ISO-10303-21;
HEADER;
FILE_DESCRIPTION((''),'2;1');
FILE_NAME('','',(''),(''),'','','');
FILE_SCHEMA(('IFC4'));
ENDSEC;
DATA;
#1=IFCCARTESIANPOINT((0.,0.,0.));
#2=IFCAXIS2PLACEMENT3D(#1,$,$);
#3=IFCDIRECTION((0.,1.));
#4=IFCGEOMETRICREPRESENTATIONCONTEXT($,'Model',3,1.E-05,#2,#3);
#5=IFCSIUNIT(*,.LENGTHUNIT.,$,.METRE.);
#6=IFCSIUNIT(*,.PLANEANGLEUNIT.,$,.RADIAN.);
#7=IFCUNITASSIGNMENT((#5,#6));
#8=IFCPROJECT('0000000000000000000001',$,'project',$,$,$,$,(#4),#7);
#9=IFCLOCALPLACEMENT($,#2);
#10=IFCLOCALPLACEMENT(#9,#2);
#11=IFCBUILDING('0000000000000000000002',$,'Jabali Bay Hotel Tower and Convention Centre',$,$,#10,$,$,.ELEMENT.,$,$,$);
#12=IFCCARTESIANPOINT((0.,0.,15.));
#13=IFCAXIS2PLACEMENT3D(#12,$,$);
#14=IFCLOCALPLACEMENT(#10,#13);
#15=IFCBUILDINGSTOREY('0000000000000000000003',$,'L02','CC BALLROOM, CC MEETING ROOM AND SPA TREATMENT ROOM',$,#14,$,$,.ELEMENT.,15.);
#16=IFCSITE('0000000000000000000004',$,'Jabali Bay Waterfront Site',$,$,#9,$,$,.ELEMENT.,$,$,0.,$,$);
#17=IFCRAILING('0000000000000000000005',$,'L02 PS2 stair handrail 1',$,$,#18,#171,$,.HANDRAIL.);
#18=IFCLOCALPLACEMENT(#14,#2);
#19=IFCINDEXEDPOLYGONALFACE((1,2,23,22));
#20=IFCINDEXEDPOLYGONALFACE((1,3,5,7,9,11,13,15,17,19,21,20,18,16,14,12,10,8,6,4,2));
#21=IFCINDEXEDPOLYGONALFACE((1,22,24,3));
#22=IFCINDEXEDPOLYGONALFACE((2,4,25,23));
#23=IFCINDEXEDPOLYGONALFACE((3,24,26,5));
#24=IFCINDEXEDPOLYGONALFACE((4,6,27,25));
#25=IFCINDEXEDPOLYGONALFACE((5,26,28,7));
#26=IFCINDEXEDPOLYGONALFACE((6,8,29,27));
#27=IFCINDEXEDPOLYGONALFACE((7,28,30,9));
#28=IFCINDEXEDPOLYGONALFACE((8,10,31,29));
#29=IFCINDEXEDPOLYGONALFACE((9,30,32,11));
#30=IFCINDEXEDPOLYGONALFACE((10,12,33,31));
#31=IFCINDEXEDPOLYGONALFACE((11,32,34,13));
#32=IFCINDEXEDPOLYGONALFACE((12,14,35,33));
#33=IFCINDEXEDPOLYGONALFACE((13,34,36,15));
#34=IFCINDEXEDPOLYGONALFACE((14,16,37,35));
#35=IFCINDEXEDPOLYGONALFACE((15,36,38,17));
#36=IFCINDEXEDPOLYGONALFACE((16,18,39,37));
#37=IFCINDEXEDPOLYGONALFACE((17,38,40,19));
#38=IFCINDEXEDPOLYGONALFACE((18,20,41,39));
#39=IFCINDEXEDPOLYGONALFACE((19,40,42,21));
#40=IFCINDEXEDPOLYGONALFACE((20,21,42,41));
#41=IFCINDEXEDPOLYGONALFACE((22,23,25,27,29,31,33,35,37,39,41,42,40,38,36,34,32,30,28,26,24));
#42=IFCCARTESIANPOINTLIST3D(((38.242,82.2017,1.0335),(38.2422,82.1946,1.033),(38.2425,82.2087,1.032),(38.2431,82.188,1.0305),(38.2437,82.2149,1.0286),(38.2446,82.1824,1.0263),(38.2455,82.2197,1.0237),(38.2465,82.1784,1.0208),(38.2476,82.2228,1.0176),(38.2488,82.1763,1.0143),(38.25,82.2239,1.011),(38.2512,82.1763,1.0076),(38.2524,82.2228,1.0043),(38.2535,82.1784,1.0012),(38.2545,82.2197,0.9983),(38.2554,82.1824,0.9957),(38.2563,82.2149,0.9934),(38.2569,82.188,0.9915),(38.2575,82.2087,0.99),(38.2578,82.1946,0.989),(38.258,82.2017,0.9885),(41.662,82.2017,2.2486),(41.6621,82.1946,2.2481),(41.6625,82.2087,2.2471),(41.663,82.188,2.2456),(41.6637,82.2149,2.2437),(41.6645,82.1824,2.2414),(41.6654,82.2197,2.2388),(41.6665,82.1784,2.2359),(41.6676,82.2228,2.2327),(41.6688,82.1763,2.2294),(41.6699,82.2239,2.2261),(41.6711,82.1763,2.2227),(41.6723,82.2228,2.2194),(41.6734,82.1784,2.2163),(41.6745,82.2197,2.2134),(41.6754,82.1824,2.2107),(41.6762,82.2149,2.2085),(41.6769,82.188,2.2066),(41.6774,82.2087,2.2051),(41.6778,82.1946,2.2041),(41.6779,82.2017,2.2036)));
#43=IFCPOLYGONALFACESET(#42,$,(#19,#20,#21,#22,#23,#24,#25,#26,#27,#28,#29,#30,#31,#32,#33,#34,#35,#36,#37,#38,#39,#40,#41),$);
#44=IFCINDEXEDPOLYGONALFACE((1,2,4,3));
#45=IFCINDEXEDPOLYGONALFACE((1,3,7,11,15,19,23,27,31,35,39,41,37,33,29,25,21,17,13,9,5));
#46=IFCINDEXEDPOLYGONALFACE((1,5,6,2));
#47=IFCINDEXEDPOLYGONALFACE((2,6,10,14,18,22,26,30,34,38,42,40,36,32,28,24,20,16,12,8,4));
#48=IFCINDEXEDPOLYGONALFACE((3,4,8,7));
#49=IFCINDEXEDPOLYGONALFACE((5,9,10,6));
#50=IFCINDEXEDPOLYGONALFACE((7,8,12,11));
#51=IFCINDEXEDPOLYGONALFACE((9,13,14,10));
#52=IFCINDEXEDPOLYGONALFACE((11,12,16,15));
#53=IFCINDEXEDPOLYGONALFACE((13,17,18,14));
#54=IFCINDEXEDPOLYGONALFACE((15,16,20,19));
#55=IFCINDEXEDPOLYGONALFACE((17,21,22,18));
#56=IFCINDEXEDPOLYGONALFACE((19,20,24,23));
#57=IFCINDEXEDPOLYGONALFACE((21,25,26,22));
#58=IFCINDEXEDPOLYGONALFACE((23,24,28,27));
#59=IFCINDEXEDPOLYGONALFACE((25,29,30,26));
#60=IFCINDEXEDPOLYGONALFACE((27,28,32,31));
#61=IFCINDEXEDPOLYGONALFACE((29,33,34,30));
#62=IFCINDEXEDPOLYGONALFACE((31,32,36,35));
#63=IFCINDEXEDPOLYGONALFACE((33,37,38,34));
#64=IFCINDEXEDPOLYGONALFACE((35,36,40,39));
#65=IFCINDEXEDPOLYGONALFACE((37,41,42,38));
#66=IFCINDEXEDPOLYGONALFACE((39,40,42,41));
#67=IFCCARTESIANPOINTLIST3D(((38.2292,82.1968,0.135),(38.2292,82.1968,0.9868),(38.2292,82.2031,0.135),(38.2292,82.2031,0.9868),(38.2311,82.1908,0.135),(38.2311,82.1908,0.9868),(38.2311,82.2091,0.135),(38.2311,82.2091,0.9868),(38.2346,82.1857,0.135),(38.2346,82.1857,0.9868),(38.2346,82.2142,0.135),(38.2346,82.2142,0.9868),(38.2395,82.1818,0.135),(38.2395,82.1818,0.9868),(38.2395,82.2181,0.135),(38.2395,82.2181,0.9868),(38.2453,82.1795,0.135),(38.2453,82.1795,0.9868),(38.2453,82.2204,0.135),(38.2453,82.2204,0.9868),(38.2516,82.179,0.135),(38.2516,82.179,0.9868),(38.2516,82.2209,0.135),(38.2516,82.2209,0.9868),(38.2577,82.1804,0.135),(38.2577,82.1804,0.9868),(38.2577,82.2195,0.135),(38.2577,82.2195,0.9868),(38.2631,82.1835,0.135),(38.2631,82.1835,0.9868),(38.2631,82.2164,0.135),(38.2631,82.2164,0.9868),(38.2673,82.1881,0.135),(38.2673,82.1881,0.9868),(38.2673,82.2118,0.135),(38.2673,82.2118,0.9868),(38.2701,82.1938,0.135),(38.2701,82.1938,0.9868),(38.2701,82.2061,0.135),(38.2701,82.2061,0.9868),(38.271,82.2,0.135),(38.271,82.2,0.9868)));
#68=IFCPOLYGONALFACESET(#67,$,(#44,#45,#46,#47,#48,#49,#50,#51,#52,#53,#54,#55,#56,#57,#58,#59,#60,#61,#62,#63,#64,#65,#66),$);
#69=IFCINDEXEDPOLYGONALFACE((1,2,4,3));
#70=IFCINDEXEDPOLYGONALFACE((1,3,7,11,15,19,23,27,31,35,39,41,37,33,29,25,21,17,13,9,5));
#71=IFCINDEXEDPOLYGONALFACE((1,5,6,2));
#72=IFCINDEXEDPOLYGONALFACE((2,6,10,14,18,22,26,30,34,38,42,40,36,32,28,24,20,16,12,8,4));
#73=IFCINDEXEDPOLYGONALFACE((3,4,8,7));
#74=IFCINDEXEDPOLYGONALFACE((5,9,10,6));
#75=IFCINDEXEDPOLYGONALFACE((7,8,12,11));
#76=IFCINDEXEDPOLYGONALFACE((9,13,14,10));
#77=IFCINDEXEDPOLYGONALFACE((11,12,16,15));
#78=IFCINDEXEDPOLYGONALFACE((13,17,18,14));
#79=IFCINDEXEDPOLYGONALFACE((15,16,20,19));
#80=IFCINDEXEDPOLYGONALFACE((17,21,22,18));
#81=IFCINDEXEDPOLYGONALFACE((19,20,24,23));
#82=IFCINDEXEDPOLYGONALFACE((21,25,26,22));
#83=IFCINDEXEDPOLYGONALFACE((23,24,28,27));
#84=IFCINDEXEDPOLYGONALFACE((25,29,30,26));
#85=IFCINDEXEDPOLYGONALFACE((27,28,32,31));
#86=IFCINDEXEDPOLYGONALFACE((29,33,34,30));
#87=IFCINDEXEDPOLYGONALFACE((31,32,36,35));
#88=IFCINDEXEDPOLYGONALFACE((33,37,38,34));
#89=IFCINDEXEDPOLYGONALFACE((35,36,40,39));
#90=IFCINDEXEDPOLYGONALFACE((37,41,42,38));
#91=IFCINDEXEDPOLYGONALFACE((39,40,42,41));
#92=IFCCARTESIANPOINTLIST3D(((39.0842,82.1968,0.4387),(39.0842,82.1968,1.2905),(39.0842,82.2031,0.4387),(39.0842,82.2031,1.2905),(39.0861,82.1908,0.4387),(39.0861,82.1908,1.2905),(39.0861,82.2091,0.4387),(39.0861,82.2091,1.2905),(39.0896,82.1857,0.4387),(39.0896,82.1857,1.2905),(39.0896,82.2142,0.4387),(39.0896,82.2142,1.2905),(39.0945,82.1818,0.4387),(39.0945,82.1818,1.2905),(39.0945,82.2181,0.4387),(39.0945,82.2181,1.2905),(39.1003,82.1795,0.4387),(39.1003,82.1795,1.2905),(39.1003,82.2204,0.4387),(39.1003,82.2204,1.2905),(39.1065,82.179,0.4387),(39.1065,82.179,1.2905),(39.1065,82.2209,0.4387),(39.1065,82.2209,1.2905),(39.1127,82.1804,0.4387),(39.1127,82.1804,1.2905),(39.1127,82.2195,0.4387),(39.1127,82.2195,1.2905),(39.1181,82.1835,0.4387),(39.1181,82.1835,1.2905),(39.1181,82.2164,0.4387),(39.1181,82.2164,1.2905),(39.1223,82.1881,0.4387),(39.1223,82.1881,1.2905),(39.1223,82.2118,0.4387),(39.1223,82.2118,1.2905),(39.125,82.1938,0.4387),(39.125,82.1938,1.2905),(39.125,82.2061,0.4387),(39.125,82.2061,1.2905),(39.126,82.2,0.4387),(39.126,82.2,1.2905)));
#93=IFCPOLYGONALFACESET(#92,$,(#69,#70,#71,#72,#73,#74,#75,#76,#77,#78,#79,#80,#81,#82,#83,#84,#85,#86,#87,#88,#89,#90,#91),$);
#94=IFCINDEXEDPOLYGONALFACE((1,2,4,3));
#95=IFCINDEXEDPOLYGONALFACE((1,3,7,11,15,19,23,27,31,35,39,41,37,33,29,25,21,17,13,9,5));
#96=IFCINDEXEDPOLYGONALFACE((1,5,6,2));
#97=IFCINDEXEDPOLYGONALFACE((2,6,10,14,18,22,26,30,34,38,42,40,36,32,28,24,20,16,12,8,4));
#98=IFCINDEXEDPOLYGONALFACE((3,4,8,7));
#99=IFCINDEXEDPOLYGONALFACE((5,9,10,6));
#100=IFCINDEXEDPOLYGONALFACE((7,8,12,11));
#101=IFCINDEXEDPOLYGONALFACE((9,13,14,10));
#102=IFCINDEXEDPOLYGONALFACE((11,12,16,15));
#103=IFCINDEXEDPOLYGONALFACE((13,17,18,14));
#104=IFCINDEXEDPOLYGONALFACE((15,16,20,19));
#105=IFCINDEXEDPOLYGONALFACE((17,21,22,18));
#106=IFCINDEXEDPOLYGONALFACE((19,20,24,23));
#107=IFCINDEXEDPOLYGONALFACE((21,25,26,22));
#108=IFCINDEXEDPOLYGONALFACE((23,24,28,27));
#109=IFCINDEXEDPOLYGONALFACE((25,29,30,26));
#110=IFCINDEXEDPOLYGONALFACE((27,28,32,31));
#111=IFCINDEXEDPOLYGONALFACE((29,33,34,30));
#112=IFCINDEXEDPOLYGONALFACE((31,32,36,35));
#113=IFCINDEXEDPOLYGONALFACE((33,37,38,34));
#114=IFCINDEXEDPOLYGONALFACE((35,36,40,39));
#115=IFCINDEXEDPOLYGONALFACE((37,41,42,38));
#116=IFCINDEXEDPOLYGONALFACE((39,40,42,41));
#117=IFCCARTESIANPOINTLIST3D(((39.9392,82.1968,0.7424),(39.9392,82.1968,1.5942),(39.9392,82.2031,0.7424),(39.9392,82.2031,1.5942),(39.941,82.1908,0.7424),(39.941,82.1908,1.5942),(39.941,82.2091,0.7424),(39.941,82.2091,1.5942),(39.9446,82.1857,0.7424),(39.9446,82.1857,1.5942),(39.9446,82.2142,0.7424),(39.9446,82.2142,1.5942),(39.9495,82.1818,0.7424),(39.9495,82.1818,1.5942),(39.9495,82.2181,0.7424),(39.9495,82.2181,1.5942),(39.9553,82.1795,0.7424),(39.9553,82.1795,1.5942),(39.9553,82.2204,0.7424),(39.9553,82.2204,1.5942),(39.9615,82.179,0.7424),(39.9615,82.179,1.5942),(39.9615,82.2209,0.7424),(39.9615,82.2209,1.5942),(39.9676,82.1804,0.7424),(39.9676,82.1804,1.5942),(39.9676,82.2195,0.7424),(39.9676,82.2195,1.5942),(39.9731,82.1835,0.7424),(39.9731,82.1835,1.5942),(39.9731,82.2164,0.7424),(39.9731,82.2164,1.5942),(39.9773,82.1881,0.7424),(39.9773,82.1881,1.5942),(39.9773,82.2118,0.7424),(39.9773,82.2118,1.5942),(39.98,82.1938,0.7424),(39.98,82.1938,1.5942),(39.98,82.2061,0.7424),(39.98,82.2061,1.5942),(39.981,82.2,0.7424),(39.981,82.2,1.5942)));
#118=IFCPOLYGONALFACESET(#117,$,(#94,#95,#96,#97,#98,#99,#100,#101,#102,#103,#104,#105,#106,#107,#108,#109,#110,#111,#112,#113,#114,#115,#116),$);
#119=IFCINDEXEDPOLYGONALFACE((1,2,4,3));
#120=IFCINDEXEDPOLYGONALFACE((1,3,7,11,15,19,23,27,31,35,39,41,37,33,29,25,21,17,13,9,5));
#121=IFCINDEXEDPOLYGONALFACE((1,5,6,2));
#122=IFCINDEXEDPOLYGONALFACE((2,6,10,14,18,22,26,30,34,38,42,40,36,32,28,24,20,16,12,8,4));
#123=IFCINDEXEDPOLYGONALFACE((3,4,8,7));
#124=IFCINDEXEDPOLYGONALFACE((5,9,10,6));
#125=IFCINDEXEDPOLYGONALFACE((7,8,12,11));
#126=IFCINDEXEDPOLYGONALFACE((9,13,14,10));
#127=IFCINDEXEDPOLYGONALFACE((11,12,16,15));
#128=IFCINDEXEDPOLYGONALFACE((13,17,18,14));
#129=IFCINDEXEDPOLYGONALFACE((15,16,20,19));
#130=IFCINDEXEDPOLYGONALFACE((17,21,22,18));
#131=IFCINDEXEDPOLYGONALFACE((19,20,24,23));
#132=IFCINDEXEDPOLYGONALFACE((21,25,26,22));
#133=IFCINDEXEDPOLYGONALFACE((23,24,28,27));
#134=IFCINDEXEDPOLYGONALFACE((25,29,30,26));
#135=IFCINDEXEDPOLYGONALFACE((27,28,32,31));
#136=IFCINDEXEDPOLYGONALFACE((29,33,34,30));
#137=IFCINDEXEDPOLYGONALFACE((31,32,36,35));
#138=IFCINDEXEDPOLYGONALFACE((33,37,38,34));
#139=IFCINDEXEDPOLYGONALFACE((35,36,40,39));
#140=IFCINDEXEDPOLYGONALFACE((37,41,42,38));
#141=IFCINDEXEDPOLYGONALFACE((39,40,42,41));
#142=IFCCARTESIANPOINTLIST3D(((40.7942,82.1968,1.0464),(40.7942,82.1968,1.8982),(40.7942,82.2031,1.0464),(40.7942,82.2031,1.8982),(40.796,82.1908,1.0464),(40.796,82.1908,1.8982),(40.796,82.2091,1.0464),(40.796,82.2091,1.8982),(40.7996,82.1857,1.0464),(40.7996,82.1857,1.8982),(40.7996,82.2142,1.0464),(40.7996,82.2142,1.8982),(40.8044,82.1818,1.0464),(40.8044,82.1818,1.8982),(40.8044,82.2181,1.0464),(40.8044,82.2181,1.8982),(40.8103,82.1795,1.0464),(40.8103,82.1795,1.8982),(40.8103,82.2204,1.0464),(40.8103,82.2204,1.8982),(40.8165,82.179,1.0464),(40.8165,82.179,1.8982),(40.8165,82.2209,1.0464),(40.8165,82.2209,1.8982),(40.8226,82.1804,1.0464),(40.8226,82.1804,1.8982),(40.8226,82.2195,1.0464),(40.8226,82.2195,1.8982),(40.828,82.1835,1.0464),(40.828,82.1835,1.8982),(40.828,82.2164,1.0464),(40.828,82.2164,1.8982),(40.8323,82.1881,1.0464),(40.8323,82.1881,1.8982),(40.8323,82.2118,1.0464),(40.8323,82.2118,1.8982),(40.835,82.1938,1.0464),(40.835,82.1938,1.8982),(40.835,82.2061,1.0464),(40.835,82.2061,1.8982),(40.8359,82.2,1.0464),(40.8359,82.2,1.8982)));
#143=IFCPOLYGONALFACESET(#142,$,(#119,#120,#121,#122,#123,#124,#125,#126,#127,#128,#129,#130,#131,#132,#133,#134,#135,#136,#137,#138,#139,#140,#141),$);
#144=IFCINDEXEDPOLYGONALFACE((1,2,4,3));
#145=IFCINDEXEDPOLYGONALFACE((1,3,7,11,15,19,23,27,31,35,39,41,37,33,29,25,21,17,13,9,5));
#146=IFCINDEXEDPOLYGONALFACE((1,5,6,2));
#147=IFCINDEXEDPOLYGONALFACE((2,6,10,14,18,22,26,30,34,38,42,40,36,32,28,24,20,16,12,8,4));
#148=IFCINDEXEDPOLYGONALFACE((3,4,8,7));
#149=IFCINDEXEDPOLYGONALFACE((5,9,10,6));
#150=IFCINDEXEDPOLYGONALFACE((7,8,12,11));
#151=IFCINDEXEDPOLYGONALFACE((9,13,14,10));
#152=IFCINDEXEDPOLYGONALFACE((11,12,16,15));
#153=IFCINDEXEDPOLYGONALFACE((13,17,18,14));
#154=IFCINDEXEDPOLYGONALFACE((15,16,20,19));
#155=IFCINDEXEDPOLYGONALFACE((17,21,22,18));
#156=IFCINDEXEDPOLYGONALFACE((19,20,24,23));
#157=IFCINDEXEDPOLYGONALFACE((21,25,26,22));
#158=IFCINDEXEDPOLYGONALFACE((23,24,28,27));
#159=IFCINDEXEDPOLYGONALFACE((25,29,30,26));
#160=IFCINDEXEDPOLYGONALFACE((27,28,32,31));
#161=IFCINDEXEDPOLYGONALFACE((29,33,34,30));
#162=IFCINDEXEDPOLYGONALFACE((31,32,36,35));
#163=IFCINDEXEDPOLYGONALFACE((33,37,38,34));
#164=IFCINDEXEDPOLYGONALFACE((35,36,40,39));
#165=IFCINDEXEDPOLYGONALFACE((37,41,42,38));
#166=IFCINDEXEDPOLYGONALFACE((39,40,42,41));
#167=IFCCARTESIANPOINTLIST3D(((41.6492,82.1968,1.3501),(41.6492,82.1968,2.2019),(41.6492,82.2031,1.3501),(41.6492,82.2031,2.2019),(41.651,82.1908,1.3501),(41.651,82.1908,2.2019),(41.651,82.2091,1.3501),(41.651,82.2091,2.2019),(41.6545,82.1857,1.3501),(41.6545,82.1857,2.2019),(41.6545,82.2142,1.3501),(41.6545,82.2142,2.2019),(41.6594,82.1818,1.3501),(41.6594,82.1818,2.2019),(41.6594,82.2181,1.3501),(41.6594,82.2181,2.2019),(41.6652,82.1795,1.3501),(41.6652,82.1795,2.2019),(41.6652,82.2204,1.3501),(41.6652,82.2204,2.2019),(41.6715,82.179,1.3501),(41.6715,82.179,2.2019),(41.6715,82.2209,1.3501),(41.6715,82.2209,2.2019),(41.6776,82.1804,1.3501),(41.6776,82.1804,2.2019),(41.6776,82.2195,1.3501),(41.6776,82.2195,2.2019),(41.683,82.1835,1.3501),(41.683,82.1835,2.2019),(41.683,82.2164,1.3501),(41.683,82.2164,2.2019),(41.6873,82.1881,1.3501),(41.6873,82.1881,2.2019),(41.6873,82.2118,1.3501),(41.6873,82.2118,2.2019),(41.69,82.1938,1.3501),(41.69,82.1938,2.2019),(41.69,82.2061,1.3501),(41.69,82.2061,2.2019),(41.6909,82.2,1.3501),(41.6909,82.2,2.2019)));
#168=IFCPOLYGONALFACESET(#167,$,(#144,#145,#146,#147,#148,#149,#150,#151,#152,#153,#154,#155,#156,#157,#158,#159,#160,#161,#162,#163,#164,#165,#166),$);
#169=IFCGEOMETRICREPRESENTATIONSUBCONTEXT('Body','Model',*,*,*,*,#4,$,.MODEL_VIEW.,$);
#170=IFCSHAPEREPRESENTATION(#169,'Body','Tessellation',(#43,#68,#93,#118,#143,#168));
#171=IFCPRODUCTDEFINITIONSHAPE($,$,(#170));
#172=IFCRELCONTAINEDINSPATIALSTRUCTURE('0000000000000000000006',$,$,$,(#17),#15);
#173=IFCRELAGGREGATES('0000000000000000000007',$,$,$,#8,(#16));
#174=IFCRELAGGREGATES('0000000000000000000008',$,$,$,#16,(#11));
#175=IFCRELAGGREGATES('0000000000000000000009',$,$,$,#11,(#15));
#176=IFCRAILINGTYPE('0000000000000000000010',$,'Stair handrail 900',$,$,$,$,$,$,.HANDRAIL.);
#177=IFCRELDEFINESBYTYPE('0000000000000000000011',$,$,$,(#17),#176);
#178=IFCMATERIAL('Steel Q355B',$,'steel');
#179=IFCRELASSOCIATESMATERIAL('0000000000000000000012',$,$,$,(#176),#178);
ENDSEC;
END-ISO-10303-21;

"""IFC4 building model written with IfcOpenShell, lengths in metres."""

from ifc_helpers import new_model, si_unit, direction, frame, origin, origin_2d, place, context, subcontext, project, spatial, circle, extrude, material, type_object, element, save


model = new_model("IFC4")

# Units and contexts
model_context = context("Model", 3, precision=1e-05, world=origin(), true_north=direction((0.0, 1.0)))
body_context = subcontext(model_context, "Body", "Model", "MODEL_VIEW")
ifc_project = project(units=[si_unit("LENGTHUNIT", "METRE"), si_unit("PLANEANGLEUNIT", "RADIAN")], contexts=[model_context])

# Site, building, storey
site_placement = place(None, origin())
site = spatial("IfcSite", under=ifc_project, at=site_placement, Name="Jabali Bay Waterfront Site", CompositionType="ELEMENT", RefElevation=0.0)
building_placement = place(site_placement, origin())
building = spatial("IfcBuilding", under=site, at=building_placement, Name="Jabali Bay Hotel Tower and Convention Centre", CompositionType="ELEMENT")
storey_placement = place(building_placement, frame((0.0, 0.0, 15.0)))
storey = spatial("IfcBuildingStorey", under=building, at=storey_placement, Name="L02", Description="CC BALLROOM, CC MEETING ROOM AND SPA TREATMENT ROOM", CompositionType="ELEMENT", Elevation=15.0)

# Railing
ifc_material_1 = material(Name="Steel Q355B", Category="steel")
railing_type_1 = type_object("IfcRailingType", Name="Stair handrail 900", PredefinedType="HANDRAIL", material=ifc_material_1)
for number, where, name in (
    (1, (38.25, 82.2, 0.135), "L02 PS2 stair handrail 1"),
):
    element("IfcRailing", number, at=place(storey_placement, frame(where)), inside=storey, type_object=railing_type_1, Name=name, PredefinedType="HANDRAIL", context=body_context, shape_type="SweptSolid", body=[
        extrude(circle(Radius=0.0239, at=origin_2d()), frame((0.0, 0.0, 0.876), z_axis=(0.942292, 0.0, 0.334793), x_axis=(0.0, 1.0, 0.0)), (0.0, 0.0, 1.0), 3.6294),
        extrude(circle(Radius=0.021, at=origin_2d()), origin(), (0.0, 0.0, 1.0), 0.8518),
        extrude(circle(Radius=0.021, at=origin_2d()), frame((0.855, 0.0, 0.3037)), (0.0, 0.0, 1.0), 0.8518),
        extrude(circle(Radius=0.021, at=origin_2d()), frame((1.71, 0.0, 0.6074)), (0.0, 0.0, 1.0), 0.8518),
        extrude(circle(Radius=0.021, at=origin_2d()), frame((2.5649, 0.0, 0.9114)), (0.0, 0.0, 1.0), 0.8518),
        extrude(circle(Radius=0.021, at=origin_2d()), frame((3.4199, 0.0, 1.2151)), (0.0, 0.0, 1.0), 0.8518),
    ])

save(model, "model.ifc")
